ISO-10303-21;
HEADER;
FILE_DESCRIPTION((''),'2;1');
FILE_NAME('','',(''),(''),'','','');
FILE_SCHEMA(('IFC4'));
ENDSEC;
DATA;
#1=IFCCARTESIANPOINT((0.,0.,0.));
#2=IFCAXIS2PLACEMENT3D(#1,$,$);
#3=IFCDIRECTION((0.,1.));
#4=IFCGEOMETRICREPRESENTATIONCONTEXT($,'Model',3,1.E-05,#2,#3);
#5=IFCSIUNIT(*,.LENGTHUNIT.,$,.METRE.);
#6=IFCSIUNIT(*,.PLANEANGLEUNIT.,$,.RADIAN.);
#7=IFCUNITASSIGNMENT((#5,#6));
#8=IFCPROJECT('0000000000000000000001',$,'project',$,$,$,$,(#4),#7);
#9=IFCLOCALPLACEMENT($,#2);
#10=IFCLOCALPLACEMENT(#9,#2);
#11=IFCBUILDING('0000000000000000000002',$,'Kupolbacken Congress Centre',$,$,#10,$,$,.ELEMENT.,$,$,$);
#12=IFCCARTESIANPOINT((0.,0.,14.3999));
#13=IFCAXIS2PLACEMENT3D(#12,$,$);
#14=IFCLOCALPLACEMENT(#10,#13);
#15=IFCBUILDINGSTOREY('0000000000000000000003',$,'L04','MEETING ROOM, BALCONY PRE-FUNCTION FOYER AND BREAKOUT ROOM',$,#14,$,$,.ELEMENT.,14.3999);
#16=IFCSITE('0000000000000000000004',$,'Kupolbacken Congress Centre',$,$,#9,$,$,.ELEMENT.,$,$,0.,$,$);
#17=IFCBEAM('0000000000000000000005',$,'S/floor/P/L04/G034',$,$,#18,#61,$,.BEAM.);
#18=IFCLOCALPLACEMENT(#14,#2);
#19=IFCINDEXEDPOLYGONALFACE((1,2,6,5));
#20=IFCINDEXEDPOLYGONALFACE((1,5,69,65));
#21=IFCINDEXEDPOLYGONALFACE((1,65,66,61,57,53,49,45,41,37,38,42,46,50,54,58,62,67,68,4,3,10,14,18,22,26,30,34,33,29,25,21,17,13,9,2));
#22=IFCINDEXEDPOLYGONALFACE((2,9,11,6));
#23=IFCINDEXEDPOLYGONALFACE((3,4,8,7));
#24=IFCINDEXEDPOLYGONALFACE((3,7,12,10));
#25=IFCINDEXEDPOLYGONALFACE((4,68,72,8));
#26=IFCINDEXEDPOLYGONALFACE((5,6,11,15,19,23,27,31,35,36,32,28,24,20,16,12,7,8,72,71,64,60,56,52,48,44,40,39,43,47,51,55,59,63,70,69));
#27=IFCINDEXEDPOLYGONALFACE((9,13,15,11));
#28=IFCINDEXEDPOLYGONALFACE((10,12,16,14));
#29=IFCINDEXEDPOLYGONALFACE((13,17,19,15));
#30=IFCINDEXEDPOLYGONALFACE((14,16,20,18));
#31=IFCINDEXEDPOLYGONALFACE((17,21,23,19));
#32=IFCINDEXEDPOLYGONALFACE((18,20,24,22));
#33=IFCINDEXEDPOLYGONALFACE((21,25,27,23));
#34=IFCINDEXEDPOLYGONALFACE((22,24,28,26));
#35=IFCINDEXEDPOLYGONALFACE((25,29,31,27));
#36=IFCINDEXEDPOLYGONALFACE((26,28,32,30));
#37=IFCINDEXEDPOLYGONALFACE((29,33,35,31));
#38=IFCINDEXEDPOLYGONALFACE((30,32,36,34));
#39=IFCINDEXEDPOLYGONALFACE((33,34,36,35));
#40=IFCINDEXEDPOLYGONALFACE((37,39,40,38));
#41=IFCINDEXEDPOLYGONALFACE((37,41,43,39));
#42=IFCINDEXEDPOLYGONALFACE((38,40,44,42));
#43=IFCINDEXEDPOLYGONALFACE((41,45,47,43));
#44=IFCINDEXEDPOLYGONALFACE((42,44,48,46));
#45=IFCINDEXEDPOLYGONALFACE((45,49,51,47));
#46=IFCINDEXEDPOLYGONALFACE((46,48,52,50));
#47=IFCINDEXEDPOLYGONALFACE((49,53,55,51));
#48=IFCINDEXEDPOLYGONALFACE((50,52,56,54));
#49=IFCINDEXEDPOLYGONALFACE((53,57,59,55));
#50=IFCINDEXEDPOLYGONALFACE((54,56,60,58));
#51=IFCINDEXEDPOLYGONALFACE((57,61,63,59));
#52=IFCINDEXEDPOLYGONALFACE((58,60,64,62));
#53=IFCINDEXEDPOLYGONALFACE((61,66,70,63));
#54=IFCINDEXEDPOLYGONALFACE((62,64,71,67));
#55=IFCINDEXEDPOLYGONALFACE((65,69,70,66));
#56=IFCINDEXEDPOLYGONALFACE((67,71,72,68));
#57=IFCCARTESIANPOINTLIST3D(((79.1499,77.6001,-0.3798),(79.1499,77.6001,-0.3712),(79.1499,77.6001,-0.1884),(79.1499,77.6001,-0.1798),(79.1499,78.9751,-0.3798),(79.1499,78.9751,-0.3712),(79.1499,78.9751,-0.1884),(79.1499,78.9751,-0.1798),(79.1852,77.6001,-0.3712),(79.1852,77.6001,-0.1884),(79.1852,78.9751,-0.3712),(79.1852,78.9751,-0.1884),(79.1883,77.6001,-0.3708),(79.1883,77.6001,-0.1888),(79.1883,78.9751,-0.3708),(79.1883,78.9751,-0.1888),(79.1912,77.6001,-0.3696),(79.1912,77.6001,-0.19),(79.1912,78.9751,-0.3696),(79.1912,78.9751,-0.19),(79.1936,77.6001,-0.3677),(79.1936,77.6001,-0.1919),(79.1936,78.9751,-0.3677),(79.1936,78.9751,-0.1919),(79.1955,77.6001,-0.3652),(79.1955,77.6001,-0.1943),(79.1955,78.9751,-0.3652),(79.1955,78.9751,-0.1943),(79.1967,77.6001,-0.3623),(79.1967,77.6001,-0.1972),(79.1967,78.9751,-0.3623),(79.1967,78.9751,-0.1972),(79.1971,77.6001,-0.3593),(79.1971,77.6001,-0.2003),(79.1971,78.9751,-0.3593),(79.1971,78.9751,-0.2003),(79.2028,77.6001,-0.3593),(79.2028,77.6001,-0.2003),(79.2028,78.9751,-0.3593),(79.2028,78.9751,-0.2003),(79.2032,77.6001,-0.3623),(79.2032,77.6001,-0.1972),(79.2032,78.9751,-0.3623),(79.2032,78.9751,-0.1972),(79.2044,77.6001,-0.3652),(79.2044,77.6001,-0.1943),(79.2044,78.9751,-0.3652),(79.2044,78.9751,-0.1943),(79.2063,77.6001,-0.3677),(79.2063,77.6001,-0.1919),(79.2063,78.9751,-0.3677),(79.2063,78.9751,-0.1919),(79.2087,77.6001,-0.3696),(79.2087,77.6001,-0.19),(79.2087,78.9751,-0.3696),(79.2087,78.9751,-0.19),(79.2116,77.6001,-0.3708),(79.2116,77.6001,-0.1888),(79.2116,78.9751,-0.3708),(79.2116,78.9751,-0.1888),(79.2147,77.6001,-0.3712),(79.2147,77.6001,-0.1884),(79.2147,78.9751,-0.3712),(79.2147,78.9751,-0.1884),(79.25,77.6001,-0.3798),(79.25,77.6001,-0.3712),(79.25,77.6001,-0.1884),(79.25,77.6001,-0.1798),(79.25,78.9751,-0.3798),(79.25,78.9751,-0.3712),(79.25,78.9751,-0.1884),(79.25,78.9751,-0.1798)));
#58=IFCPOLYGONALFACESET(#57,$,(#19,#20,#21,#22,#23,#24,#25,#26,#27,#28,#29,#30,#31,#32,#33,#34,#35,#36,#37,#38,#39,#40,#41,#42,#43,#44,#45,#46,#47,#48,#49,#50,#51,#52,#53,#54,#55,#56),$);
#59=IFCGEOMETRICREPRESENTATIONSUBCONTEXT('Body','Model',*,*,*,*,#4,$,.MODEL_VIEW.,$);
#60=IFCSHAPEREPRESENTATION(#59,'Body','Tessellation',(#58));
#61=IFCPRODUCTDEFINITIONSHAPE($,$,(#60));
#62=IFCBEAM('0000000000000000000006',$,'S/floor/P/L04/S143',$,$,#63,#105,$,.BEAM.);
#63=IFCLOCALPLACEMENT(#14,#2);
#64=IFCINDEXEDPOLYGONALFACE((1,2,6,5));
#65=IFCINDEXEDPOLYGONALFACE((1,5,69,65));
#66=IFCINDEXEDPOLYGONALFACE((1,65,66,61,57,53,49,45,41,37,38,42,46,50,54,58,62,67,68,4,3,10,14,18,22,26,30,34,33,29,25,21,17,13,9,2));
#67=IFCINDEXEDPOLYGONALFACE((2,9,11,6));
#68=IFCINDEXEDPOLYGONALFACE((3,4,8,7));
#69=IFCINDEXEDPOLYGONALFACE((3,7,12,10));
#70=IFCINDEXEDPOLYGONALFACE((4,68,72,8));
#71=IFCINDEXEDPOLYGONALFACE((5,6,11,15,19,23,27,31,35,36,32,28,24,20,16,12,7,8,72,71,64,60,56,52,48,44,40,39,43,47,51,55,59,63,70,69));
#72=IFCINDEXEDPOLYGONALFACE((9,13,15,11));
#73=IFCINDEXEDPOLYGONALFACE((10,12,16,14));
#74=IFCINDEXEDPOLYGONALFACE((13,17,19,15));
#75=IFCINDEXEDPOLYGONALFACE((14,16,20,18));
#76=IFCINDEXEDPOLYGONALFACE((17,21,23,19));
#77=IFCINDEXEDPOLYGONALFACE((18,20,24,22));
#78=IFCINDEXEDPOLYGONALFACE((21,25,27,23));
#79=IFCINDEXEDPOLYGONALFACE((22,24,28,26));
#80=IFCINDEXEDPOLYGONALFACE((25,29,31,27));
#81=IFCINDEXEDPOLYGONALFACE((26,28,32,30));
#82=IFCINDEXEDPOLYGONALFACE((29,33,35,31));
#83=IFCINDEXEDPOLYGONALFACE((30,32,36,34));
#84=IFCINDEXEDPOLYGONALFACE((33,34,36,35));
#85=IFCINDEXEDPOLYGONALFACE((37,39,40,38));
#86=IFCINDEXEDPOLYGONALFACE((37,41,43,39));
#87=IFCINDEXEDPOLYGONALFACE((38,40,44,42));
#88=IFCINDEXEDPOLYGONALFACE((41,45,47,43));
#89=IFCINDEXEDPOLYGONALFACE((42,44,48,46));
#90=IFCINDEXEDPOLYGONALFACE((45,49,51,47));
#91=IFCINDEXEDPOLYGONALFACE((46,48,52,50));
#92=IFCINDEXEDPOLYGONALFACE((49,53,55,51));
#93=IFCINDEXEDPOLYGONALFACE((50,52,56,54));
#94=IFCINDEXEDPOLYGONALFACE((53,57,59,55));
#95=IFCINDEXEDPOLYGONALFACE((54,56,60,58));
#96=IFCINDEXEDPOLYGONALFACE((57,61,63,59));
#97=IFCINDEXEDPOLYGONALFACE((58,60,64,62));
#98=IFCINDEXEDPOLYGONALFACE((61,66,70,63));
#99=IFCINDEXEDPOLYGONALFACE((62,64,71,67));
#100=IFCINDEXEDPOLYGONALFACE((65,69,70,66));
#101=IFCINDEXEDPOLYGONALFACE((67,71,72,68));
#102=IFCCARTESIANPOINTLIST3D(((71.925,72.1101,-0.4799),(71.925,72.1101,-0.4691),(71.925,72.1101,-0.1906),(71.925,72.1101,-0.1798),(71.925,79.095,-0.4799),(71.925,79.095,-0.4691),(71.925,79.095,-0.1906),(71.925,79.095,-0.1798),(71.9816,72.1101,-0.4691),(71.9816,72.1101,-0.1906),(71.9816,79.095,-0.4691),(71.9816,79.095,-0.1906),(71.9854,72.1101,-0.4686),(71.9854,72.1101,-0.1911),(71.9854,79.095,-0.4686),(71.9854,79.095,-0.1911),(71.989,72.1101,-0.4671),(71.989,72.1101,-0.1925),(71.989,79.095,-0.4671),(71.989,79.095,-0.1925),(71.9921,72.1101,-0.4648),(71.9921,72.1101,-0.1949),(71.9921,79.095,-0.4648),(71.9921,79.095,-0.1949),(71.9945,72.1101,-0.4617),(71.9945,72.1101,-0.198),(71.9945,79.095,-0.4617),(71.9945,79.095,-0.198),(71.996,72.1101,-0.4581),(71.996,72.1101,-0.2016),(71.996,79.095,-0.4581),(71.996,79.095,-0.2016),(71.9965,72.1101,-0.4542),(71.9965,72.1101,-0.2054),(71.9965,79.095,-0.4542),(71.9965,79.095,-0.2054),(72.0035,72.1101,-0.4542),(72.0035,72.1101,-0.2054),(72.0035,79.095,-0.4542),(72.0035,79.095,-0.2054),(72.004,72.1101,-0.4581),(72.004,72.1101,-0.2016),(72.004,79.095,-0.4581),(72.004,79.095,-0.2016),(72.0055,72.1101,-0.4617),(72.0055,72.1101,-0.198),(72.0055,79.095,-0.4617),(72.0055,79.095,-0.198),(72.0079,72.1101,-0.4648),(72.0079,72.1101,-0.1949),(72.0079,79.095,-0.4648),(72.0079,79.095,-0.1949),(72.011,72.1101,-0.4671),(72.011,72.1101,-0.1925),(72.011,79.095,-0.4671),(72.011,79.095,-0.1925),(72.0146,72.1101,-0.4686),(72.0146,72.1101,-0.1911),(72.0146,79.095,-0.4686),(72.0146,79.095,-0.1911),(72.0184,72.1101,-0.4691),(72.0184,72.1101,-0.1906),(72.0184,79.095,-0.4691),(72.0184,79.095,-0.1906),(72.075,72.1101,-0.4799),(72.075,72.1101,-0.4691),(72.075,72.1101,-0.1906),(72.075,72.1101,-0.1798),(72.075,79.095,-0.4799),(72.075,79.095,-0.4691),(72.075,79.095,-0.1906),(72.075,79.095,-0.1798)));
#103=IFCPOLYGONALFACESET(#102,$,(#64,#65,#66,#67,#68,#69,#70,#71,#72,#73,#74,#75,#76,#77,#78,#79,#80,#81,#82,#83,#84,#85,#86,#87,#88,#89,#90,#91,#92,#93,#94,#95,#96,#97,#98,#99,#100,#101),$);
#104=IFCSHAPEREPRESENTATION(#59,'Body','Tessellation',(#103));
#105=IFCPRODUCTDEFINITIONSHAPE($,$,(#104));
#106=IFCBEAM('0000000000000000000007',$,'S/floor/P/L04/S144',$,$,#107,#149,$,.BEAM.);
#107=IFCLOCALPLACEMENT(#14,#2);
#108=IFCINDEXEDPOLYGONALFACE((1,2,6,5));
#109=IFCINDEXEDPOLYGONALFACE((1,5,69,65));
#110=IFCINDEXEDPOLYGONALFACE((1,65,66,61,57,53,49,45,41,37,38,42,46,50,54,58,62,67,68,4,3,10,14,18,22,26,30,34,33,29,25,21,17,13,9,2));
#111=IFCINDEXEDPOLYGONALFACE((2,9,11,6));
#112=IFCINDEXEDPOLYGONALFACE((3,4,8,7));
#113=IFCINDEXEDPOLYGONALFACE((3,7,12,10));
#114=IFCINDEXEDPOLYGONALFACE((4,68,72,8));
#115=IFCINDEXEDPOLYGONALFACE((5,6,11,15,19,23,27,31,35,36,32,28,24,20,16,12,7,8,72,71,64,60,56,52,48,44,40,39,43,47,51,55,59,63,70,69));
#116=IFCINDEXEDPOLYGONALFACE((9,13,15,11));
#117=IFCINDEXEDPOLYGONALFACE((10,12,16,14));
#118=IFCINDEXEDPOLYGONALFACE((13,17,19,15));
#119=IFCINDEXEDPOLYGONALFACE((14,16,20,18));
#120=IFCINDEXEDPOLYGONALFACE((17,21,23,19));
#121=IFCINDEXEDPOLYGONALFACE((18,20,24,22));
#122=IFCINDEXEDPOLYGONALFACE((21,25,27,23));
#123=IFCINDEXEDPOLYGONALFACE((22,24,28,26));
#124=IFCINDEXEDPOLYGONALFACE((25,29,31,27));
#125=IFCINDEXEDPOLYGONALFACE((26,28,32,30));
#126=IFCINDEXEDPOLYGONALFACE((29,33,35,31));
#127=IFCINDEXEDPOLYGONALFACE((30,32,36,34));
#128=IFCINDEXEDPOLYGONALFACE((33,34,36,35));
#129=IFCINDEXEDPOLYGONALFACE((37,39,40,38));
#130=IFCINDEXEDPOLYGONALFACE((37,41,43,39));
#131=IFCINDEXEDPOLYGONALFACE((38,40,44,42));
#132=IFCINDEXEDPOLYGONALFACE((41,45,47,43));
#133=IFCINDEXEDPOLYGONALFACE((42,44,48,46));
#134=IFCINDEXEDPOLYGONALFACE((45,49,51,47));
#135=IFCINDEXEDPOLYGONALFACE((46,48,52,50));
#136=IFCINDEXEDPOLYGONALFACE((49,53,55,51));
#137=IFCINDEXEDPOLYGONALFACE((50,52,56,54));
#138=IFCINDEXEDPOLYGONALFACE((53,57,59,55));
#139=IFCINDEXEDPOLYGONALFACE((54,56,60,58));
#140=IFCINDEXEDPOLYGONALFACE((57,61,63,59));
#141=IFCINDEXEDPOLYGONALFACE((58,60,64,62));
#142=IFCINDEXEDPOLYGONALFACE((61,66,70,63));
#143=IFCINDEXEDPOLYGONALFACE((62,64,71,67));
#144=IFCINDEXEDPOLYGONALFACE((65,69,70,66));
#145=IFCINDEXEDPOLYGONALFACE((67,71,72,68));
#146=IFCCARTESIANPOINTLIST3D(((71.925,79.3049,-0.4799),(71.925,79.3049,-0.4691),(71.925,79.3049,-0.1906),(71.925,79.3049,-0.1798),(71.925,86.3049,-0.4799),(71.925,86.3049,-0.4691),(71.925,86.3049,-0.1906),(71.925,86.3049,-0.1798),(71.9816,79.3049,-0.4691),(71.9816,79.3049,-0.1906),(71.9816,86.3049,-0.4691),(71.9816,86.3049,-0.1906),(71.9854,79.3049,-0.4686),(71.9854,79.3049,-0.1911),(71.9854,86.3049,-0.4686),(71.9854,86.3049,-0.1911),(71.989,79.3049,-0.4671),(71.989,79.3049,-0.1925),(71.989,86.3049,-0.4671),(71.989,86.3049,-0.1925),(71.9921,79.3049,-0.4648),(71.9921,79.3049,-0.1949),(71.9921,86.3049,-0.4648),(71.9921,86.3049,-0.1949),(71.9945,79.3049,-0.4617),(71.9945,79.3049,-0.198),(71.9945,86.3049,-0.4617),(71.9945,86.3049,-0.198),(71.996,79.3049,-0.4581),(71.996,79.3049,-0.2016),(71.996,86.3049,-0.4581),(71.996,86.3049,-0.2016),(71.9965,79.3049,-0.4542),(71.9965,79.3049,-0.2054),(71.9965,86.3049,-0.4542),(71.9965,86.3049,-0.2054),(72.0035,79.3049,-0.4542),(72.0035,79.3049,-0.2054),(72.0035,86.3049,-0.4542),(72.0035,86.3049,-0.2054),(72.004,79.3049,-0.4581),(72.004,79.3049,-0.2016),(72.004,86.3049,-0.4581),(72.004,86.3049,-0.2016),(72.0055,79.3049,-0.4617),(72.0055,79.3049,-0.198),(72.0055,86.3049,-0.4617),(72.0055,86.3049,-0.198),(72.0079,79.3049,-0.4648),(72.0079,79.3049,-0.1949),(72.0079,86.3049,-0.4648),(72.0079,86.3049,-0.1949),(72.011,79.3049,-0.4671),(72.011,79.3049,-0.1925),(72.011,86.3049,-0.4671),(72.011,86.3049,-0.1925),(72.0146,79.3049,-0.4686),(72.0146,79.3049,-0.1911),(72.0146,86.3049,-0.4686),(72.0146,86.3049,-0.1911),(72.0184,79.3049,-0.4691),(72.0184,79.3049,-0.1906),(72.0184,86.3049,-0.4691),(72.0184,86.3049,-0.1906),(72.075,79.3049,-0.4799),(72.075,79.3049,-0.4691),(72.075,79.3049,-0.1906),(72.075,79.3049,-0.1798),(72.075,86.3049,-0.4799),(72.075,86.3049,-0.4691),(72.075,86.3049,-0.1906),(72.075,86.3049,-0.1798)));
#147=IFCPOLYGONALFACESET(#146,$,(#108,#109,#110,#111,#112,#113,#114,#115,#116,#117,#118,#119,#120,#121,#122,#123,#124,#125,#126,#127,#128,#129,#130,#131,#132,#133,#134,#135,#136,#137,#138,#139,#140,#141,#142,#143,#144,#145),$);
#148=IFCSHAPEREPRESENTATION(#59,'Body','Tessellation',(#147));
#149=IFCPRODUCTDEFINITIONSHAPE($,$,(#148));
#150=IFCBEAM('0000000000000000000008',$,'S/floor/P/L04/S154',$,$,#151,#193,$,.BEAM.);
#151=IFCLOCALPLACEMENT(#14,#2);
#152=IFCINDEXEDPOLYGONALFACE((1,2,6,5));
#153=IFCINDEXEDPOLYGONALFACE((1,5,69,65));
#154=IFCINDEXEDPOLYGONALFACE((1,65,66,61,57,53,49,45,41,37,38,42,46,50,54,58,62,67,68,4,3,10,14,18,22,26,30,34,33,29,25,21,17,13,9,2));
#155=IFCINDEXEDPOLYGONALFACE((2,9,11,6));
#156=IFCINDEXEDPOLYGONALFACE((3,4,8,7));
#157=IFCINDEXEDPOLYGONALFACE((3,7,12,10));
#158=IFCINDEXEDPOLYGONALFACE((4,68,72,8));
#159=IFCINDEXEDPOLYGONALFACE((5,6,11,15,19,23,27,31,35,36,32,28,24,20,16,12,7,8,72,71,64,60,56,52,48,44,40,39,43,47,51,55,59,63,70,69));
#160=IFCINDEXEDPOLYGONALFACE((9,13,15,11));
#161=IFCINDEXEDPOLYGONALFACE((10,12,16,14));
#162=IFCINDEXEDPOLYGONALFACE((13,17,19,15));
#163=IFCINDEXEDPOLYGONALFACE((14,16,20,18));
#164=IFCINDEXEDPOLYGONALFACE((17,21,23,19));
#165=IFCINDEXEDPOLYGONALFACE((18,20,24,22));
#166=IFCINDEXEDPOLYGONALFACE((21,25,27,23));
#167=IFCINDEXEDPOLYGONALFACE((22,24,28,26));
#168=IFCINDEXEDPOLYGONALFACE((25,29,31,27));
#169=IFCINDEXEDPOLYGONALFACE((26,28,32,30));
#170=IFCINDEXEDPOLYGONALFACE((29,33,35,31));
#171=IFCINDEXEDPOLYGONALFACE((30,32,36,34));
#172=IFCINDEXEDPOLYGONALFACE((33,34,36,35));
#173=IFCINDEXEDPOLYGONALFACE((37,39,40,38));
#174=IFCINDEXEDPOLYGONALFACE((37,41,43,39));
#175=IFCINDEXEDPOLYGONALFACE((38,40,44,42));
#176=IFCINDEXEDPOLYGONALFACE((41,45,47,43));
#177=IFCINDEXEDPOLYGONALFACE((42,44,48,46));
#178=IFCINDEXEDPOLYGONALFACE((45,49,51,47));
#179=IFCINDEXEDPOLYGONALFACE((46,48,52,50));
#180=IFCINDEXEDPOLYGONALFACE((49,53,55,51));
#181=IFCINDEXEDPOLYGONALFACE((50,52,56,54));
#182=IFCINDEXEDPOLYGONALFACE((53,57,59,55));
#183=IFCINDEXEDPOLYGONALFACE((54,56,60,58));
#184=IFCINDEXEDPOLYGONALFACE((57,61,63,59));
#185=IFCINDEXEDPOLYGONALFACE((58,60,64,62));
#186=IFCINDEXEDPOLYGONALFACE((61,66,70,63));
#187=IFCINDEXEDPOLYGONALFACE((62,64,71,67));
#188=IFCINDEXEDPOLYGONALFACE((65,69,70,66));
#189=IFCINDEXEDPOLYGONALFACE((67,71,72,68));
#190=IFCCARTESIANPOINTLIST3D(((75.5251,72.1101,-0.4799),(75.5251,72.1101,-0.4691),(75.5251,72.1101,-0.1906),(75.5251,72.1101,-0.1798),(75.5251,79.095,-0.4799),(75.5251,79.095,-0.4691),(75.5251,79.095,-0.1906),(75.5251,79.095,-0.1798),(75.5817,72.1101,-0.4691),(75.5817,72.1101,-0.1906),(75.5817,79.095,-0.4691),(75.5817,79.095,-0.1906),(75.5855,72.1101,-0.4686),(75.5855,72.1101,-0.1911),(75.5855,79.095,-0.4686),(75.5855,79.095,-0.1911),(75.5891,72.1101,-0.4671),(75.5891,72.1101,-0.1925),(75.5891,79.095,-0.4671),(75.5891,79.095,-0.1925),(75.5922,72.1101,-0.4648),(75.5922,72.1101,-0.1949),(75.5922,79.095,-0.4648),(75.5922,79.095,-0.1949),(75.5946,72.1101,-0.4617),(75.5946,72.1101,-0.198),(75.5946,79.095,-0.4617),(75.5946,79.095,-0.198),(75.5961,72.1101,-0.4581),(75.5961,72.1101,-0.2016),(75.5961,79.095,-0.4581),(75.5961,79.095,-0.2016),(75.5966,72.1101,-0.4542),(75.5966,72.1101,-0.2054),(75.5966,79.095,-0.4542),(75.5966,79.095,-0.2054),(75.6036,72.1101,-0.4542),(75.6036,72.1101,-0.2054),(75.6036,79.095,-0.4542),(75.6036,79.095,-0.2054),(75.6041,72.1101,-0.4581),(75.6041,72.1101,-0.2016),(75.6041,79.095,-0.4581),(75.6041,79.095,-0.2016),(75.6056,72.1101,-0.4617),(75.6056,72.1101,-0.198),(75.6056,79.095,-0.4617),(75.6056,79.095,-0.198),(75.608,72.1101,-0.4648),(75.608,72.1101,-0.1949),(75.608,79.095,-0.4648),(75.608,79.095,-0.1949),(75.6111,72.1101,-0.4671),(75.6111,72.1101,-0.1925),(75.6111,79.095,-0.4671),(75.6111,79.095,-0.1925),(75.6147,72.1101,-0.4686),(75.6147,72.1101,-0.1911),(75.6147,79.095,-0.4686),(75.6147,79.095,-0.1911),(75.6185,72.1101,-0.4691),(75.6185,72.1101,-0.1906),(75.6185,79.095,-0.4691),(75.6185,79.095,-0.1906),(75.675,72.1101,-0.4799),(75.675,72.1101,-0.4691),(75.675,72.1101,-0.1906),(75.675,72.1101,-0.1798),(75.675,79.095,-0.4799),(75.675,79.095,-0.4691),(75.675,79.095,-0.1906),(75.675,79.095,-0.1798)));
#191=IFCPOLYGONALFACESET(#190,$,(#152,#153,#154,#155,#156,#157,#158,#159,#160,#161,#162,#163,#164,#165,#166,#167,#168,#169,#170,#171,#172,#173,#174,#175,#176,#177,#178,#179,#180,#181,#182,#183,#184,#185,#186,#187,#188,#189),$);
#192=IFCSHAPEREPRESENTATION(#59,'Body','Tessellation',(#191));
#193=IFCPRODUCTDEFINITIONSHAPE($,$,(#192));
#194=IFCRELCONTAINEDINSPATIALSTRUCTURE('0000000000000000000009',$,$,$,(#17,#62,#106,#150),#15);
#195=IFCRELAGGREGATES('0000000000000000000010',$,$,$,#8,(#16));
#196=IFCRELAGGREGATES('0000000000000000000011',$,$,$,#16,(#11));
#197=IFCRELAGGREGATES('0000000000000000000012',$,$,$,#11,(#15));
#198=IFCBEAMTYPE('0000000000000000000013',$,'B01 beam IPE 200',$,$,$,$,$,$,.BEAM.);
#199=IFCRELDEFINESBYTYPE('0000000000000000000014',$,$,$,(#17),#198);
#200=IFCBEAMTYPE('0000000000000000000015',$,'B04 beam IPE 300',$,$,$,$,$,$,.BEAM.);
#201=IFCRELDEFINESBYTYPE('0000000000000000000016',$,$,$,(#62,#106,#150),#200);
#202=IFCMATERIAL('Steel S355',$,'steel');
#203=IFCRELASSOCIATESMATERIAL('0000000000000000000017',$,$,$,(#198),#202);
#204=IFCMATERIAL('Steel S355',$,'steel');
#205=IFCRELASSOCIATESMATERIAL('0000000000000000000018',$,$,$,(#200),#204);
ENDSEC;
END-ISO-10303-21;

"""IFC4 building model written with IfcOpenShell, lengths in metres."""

from ifc_helpers import new_model, si_unit, direction, frame, origin, origin_2d, place, context, subcontext, project, spatial, i_section, extrude, material, material_profile, profile_set, type_object, element, save


model = new_model("IFC4")

# Units and contexts
model_context = context("Model", 3, precision=1e-05, world=origin(), true_north=direction((0.0, 1.0)))
body_context = subcontext(model_context, "Body", "Model", "MODEL_VIEW")
ifc_project = project(units=[si_unit("LENGTHUNIT", "METRE"), si_unit("PLANEANGLEUNIT", "RADIAN")], contexts=[model_context])

# Site, building, storey
site_placement = place(None, origin())
site = spatial("IfcSite", under=ifc_project, at=site_placement, Name="Kupolbacken Congress Centre", CompositionType="ELEMENT", RefElevation=0.0)
building_placement = place(site_placement, origin())
building = spatial("IfcBuilding", under=site, at=building_placement, Name="Kupolbacken Congress Centre", CompositionType="ELEMENT")
storey_placement = place(building_placement, frame((0.0, 0.0, 14.3999)))
storey = spatial("IfcBuildingStorey", under=building, at=storey_placement, Name="L04", Description="MEETING ROOM, BALCONY PRE-FUNCTION FOYER AND BREAKOUT ROOM", CompositionType="ELEMENT", Elevation=14.3999)

# Beams
ifc_material_1 = material(Name="Steel S355", Category="steel")
ifc_material_profile_1 = material_profile(ifc_material_1, i_section(OverallWidth=0.1001, OverallDepth=0.2, WebThickness=0.0056, FlangeThickness=0.0085, FilletRadius=0.012, at=origin_2d()), Name="IPE 200")
ifc_profile_set_1 = profile_set([ifc_material_profile_1], Name="Steel S355")
beam_type_1 = type_object("IfcBeamType", Name="B01 beam IPE 200", PredefinedType="BEAM", material=ifc_profile_set_1)
beam_1_placement = place(storey_placement, frame((79.2, 77.6001, -0.2798), z_axis=(0.0, 1.0, 0.0), x_axis=(-1.0, 0.0, 0.0)))
element("IfcBeam", 1, at=beam_1_placement, inside=storey, type_object=beam_type_1, Name="S/floor/P/L04/G034", PredefinedType="BEAM", context=body_context, shape_type="SweptSolid", body=[
    extrude(i_section(OverallWidth=0.1001, OverallDepth=0.2, WebThickness=0.0056, FlangeThickness=0.0085, FilletRadius=0.012, at=origin_2d()), origin(), (0.0, 0.0, 1.0), 1.375),
])
ifc_material_2 = material(Name="Steel S355", Category="steel")
ifc_material_profile_2 = material_profile(ifc_material_2, i_section(OverallWidth=0.1499, OverallDepth=0.3, WebThickness=0.0071, FlangeThickness=0.0107, FilletRadius=0.0149, at=origin_2d()), Name="IPE 300")
ifc_profile_set_2 = profile_set([ifc_material_profile_2], Name="Steel S355")
beam_type_2 = type_object("IfcBeamType", Name="B04 beam IPE 300", PredefinedType="BEAM", material=ifc_profile_set_2)
beam_2_placement = place(storey_placement, frame((72.0, 72.1101, -0.3298), z_axis=(0.0, 1.0, 0.0), x_axis=(-1.0, 0.0, 0.0)))
element("IfcBeam", 2, at=beam_2_placement, inside=storey, type_object=beam_type_2, Name="S/floor/P/L04/S143", PredefinedType="BEAM", context=body_context, shape_type="SweptSolid", body=[
    extrude(i_section(OverallWidth=0.1499, OverallDepth=0.3, WebThickness=0.0071, FlangeThickness=0.0107, FilletRadius=0.0149, at=origin_2d()), origin(), (0.0, 0.0, 1.0), 6.9849),
])
beam_3_placement = place(storey_placement, frame((72.0, 79.3049, -0.3298), z_axis=(0.0, 1.0, 0.0), x_axis=(-1.0, 0.0, 0.0)))
element("IfcBeam", 3, at=beam_3_placement, inside=storey, type_object=beam_type_2, Name="S/floor/P/L04/S144", PredefinedType="BEAM", context=body_context, shape_type="SweptSolid", body=[
    extrude(i_section(OverallWidth=0.1499, OverallDepth=0.3, WebThickness=0.0071, FlangeThickness=0.0107, FilletRadius=0.0149, at=origin_2d()), origin(), (0.0, 0.0, 1.0), 7.0),
])
beam_4_placement = place(storey_placement, frame((75.6001, 72.1101, -0.3298), z_axis=(0.0, 1.0, 0.0), x_axis=(-1.0, 0.0, 0.0)))
element("IfcBeam", 4, at=beam_4_placement, inside=storey, type_object=beam_type_2, Name="S/floor/P/L04/S154", PredefinedType="BEAM", context=body_context, shape_type="SweptSolid", body=[
    extrude(i_section(OverallWidth=0.1499, OverallDepth=0.3, WebThickness=0.0071, FlangeThickness=0.0107, FilletRadius=0.0149, at=origin_2d()), origin(), (0.0, 0.0, 1.0), 6.9849),
])

save(model, "model.ifc")
